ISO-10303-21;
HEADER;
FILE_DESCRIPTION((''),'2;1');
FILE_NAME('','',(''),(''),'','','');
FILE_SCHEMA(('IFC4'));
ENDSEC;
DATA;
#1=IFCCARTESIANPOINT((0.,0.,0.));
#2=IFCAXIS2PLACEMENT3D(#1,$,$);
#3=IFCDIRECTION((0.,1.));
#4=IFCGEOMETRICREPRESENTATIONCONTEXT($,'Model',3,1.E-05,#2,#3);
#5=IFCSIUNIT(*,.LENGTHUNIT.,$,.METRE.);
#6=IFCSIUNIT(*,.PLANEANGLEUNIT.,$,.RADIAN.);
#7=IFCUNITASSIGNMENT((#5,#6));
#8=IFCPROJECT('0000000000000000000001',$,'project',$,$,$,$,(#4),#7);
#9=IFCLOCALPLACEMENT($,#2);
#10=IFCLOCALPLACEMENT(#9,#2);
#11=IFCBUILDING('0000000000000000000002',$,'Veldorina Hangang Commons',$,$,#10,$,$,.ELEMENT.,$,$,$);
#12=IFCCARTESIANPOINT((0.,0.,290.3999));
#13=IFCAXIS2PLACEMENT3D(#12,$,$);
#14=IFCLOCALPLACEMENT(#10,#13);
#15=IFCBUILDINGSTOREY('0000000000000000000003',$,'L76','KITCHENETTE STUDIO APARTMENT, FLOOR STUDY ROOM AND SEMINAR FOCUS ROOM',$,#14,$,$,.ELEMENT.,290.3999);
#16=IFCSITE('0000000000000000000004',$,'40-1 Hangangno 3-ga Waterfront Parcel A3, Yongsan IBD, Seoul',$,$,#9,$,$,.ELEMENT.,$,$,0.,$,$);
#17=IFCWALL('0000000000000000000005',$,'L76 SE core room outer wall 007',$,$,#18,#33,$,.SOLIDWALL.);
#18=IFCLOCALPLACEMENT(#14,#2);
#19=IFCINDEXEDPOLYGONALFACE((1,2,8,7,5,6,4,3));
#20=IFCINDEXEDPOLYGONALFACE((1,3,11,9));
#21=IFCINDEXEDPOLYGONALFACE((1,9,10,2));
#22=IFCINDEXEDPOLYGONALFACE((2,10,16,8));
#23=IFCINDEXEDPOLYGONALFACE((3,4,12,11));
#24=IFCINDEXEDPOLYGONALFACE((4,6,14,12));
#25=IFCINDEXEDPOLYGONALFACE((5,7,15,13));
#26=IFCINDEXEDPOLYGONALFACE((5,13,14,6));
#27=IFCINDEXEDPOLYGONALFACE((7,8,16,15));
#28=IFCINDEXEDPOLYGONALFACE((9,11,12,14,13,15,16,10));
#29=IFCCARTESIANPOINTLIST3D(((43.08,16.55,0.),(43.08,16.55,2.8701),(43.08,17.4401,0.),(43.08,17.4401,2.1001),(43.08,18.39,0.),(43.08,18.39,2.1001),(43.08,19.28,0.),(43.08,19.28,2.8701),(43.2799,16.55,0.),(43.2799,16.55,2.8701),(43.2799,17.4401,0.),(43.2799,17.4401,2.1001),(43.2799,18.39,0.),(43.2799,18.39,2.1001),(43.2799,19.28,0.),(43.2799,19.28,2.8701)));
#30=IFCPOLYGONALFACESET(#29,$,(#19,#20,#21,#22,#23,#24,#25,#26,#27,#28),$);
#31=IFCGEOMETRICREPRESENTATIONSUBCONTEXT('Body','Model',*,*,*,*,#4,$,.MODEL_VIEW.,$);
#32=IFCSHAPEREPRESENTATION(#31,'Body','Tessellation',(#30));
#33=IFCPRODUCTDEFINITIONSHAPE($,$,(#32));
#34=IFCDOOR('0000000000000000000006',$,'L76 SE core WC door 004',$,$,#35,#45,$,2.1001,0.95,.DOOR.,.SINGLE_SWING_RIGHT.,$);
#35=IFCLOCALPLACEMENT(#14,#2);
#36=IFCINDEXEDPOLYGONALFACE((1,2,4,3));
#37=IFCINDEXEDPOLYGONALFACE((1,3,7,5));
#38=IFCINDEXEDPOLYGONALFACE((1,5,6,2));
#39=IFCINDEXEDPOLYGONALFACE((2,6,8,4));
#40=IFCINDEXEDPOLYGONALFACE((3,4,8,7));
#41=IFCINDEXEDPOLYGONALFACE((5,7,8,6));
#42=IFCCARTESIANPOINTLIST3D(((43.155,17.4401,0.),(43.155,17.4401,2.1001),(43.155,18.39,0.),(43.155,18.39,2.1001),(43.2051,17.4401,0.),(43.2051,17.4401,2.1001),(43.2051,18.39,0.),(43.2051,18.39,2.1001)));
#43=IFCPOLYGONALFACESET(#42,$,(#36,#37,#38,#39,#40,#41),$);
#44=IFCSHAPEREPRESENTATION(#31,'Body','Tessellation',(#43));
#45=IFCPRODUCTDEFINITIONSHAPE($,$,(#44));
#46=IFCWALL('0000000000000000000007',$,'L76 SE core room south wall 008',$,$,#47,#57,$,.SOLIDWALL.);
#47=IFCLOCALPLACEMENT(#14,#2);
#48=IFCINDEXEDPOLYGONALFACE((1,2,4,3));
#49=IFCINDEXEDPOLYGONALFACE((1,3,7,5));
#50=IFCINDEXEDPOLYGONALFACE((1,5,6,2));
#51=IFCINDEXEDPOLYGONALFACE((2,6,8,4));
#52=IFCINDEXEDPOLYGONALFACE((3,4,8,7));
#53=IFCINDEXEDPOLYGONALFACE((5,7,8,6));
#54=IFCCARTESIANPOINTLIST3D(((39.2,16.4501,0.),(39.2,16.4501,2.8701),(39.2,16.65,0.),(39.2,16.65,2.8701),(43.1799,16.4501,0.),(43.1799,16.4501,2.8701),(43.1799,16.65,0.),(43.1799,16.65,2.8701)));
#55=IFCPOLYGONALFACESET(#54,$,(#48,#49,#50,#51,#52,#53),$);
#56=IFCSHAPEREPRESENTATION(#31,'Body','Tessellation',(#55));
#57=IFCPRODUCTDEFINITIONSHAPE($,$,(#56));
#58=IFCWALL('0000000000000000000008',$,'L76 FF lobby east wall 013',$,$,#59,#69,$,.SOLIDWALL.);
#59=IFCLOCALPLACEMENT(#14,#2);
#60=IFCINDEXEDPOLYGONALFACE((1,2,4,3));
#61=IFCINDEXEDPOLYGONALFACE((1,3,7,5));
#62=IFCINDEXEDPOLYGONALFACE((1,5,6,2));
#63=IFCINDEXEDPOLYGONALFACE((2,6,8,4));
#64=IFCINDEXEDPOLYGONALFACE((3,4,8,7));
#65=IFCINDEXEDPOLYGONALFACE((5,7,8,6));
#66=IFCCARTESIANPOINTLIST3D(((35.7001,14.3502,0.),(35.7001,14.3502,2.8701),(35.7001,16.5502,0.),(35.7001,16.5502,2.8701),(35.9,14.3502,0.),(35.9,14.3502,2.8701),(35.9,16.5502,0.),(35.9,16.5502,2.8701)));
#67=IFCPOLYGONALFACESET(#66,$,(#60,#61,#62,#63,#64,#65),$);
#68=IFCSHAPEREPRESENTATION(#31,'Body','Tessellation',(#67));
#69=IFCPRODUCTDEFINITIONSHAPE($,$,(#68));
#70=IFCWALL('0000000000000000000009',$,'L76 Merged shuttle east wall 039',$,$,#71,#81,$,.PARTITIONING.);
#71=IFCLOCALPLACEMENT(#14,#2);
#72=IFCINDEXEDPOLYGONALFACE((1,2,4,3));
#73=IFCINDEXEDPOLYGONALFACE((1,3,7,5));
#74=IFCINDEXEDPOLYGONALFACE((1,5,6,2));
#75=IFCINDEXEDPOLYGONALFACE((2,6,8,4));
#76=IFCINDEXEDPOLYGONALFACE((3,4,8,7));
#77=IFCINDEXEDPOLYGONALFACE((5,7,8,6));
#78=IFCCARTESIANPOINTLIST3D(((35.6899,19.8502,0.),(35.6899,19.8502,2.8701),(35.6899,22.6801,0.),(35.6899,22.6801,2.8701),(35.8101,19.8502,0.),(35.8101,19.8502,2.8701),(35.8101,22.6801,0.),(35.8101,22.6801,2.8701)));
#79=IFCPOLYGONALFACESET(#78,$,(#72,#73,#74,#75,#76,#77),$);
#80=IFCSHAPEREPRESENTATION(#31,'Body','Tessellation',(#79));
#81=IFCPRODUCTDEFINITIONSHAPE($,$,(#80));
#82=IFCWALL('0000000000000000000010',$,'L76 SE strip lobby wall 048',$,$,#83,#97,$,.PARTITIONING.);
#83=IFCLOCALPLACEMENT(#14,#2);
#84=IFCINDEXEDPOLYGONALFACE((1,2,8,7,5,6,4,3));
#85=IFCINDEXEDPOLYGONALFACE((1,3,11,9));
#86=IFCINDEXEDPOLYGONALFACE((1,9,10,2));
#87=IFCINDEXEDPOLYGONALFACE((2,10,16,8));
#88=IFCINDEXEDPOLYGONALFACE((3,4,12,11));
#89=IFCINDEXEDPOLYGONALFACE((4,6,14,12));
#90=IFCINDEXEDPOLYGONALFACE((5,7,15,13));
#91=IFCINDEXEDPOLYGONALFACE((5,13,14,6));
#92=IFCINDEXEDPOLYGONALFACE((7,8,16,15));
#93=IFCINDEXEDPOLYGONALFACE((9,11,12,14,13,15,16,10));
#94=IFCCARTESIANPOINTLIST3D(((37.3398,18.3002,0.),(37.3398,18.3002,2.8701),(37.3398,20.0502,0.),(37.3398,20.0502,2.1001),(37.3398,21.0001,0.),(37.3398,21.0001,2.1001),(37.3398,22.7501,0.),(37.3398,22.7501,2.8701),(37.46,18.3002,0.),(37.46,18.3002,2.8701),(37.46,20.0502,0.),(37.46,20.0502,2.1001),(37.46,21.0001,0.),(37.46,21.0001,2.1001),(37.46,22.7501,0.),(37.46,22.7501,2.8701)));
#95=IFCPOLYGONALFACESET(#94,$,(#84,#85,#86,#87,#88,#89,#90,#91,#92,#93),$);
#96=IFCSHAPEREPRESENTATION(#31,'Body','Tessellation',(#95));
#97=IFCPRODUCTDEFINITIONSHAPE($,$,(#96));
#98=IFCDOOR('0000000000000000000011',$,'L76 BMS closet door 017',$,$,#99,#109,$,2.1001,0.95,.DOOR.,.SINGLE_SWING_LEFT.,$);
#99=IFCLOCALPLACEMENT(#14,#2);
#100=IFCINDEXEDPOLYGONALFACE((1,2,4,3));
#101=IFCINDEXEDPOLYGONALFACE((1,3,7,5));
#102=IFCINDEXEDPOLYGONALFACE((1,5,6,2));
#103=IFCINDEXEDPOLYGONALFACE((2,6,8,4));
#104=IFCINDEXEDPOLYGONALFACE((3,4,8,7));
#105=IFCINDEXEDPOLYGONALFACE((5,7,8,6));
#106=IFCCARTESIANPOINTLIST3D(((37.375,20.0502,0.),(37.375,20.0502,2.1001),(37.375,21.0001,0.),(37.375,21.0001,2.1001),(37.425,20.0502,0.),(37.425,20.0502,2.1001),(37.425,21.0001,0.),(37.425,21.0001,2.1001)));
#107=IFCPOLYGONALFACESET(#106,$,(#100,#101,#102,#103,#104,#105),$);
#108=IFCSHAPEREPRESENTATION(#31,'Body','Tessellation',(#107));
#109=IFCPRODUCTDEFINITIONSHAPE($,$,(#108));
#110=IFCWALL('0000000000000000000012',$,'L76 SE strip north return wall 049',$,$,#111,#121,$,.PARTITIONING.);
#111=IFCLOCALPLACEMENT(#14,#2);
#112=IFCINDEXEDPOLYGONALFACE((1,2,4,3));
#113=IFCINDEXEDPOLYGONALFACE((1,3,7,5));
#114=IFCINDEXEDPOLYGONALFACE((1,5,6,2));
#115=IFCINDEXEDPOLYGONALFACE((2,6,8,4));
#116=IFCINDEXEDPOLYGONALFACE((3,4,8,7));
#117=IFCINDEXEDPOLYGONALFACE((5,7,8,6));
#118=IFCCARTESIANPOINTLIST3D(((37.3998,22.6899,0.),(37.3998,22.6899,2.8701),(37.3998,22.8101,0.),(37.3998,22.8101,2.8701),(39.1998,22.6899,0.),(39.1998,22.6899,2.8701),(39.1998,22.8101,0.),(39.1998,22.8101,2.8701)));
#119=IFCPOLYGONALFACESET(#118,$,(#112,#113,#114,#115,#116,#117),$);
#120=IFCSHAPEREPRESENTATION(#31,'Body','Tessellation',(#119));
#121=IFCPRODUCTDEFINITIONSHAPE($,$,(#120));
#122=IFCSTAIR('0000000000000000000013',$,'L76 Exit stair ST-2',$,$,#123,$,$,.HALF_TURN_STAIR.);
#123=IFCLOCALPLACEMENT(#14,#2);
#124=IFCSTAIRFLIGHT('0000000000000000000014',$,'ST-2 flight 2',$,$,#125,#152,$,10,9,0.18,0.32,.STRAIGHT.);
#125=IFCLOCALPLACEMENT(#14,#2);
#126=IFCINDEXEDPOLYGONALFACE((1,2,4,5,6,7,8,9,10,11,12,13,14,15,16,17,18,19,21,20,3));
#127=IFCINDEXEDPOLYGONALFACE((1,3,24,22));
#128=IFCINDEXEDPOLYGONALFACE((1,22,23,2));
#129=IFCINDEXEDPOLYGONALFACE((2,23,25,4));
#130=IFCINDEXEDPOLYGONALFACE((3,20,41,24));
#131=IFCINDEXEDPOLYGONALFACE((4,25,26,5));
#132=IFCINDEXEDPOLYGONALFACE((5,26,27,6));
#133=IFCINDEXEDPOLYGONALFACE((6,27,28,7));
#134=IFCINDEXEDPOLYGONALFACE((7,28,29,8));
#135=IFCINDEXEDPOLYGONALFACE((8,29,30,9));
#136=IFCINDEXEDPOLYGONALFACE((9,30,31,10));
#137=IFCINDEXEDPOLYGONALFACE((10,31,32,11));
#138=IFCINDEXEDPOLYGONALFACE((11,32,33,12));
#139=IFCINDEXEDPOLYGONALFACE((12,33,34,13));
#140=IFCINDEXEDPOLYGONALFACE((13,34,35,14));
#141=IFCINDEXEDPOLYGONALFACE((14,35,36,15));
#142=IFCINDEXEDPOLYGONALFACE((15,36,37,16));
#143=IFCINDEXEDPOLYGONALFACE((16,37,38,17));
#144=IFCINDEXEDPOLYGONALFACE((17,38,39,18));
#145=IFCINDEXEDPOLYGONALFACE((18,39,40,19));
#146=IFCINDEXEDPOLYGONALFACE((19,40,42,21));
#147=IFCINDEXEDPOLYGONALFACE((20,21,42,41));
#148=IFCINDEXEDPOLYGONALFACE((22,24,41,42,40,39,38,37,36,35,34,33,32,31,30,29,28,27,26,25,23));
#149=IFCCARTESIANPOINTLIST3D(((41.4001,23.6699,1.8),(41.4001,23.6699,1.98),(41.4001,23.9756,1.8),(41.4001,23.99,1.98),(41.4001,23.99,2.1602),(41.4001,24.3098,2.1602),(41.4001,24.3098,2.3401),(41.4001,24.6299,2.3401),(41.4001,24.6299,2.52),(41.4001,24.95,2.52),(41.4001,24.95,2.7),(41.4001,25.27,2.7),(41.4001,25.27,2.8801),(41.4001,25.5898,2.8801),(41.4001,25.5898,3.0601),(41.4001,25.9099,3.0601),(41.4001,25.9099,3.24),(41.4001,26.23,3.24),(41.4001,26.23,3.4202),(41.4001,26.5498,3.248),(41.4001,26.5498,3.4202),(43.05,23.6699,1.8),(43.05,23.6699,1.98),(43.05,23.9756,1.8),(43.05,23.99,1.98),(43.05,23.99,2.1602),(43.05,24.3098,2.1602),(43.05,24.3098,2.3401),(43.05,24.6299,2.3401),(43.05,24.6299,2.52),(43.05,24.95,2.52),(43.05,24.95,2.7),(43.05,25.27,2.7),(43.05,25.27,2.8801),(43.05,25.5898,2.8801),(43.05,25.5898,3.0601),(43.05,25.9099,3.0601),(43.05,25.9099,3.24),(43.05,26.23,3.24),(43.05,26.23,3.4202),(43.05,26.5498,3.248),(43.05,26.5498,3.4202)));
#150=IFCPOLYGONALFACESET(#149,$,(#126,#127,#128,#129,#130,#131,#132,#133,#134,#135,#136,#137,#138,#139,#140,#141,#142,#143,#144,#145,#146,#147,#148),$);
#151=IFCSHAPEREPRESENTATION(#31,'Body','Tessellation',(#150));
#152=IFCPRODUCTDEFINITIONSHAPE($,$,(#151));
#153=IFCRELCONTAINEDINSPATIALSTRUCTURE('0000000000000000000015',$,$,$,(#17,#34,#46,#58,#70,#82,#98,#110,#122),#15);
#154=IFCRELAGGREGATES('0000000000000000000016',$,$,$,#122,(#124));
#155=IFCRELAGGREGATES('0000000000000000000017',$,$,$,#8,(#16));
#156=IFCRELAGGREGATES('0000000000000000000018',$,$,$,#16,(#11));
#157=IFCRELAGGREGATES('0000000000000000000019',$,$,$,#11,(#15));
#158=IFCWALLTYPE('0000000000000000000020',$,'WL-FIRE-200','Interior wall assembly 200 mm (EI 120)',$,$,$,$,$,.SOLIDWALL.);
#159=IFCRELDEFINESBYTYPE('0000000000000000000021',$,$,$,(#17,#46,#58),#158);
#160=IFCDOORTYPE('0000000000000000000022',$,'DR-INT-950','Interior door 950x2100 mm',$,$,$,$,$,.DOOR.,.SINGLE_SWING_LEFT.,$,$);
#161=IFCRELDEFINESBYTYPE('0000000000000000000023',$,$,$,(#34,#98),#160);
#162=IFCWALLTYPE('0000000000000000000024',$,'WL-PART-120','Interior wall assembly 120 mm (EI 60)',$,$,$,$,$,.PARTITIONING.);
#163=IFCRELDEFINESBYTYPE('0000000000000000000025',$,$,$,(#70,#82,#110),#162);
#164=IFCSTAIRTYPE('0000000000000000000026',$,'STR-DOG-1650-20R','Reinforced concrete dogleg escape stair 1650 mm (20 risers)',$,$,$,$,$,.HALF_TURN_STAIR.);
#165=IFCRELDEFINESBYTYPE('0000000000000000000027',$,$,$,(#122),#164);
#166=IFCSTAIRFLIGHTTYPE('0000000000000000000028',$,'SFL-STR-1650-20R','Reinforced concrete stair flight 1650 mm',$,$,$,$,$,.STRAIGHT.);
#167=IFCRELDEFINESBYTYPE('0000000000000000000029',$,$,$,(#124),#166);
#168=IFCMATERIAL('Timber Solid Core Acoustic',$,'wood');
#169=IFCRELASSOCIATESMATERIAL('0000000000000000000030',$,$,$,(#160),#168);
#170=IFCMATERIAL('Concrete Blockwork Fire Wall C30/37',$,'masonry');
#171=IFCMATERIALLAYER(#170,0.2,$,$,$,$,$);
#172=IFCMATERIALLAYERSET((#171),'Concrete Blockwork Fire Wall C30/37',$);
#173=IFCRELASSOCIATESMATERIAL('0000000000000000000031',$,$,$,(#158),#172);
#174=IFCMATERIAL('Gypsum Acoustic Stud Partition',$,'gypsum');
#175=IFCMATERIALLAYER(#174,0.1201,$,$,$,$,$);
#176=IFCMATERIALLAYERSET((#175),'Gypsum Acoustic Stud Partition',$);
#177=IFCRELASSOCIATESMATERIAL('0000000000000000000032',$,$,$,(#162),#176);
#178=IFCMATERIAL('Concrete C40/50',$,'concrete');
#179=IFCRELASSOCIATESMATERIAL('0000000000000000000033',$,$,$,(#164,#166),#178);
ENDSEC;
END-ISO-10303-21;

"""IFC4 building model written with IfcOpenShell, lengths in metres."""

from ifc_helpers import new_model, si_unit, direction, frame, frame_2d, origin, place, context, subcontext, project, spatial, polyline, rectangle, outline, extrude, material, layer, layer_set, type_object, element, fill, aggregate, save


model = new_model("IFC4")

# Units and contexts
model_context = context("Model", 3, precision=1e-05, world=origin(), true_north=direction((0.0, 1.0)))
body_context = subcontext(model_context, "Body", "Model", "MODEL_VIEW")
ifc_project = project(units=[si_unit("LENGTHUNIT", "METRE"), si_unit("PLANEANGLEUNIT", "RADIAN")], contexts=[model_context])

# Site, building, storey
site_placement = place(None, origin())
site = spatial("IfcSite", under=ifc_project, at=site_placement, Name="40-1 Hangangno 3-ga Waterfront Parcel A3, Yongsan IBD, Seoul", CompositionType="ELEMENT", RefElevation=0.0)
building_placement = place(site_placement, origin())
building = spatial("IfcBuilding", under=site, at=building_placement, Name="Veldorina Hangang Commons", CompositionType="ELEMENT")
storey_placement = place(building_placement, frame((0.0, 0.0, 290.3999)))
storey = spatial("IfcBuildingStorey", under=building, at=storey_placement, Name="L76", Description="KITCHENETTE STUDIO APARTMENT, FLOOR STUDY ROOM AND SEMINAR FOCUS ROOM", CompositionType="ELEMENT", Elevation=290.3999)

# Wall, opening, door
ifc_material_1 = material(Name="Timber Solid Core Acoustic", Category="wood")
door_type_1 = type_object("IfcDoorType", Name="DR-INT-950", Description="Interior door 950x2100 mm", OperationType="SINGLE_SWING_LEFT", PredefinedType="DOOR", material=ifc_material_1)
ifc_material_2 = material(Name="Concrete Blockwork Fire Wall C30/37", Category="masonry")
ifc_layer_1 = layer(ifc_material_2, 0.2)
ifc_layer_set_1 = layer_set([ifc_layer_1], Name="Concrete Blockwork Fire Wall C30/37")
wall_type_1 = type_object("IfcWallType", Name="WL-FIRE-200", Description="Interior wall assembly 200 mm (EI 120)", PredefinedType="SOLIDWALL", material=ifc_layer_set_1)
wall_1_placement = place(storey_placement, frame((43.1799, 16.55, 0.0), z_axis=(0.0, 0.0, 1.0), x_axis=(0.0, 1.0, 0.0)))
wall_1 = element("IfcWall", 1, at=wall_1_placement, inside=storey, type_object=wall_type_1, Name="L76 SE core room outer wall 007", PredefinedType="SOLIDWALL", context=body_context, shape_type="SweptSolid", body=[
    extrude(rectangle(XDim=2.73, YDim=0.2, at=frame_2d((1.365, 0.0))), origin(), (0.0, 0.0, 1.0), 2.8701),
])
opening_1_placement = place(wall_1_placement, frame((0.8899, 0.0, 0.0)))
opening_1 = element("IfcOpeningElement", 2, at=opening_1_placement, cuts=wall_1, PredefinedType="OPENING", context=body_context, shape_type="SweptSolid", body=[
    extrude(rectangle(XDim=0.95, YDim=2.1001, at=frame_2d((0.4751, 1.05))), frame((0.0, 0.1099, 0.0), z_axis=(0.0, -1.0, 0.0), x_axis=(1.0, 0.0, 0.0)), (0.0, 0.0, 1.0), 0.22),
])
door_1_placement = place(opening_1_placement, origin())
door_1 = element("IfcDoor", 3, at=door_1_placement, inside=storey, type_object=door_type_1, Name="L76 SE core WC door 004", OperationType="SINGLE_SWING_RIGHT", OverallHeight=2.1001, OverallWidth=0.95, PredefinedType="DOOR", context=body_context, shape_type="SweptSolid", body=[
    extrude(rectangle(XDim=0.95, YDim=2.1001, at=frame_2d((0.4751, 1.05))), frame((0.0, 0.0249, 0.0), z_axis=(0.0, -1.0, 0.0), x_axis=(1.0, 0.0, 0.0)), (0.0, 0.0, 1.0), 0.05),
])
fill(opening_1, door_1)

# Walls
wall_2_placement = place(storey_placement, frame((39.2, 16.55, 0.0), z_axis=(0.0, 0.0, 1.0), x_axis=(1.0, 0.0, 0.0)))
element("IfcWall", 4, at=wall_2_placement, inside=storey, type_object=wall_type_1, Name="L76 SE core room south wall 008", PredefinedType="SOLIDWALL", context=body_context, shape_type="SweptSolid", body=[
    extrude(rectangle(XDim=3.98, YDim=0.2, at=frame_2d((1.99, 0.0))), origin(), (0.0, 0.0, 1.0), 2.8701),
])
wall_3_placement = place(storey_placement, frame((35.8, 14.3501, 0.0), z_axis=(0.0, 0.0, 1.0), x_axis=(0.0, 1.0, 0.0)))
element("IfcWall", 5, at=wall_3_placement, inside=storey, type_object=wall_type_1, Name="L76 FF lobby east wall 013", PredefinedType="SOLIDWALL", context=body_context, shape_type="SweptSolid", body=[
    extrude(rectangle(XDim=2.2, YDim=0.2, at=frame_2d((1.1001, 0.0))), origin(), (0.0, 0.0, 1.0), 2.8701),
])
ifc_material_3 = material(Name="Gypsum Acoustic Stud Partition", Category="gypsum")
ifc_layer_2 = layer(ifc_material_3, 0.1201)
ifc_layer_set_2 = layer_set([ifc_layer_2], Name="Gypsum Acoustic Stud Partition")
wall_type_2 = type_object("IfcWallType", Name="WL-PART-120", Description="Interior wall assembly 120 mm (EI 60)", PredefinedType="PARTITIONING", material=ifc_layer_set_2)
wall_4_placement = place(storey_placement, frame((35.75, 19.8501, 0.0), z_axis=(0.0, 0.0, 1.0), x_axis=(0.0, 1.0, 0.0)))
element("IfcWall", 6, at=wall_4_placement, inside=storey, type_object=wall_type_2, Name="L76 Merged shuttle east wall 039", PredefinedType="PARTITIONING", context=body_context, shape_type="SweptSolid", body=[
    extrude(rectangle(XDim=2.8298, YDim=0.1201, at=frame_2d((1.415, 0.0))), origin(), (0.0, 0.0, 1.0), 2.8701),
])

# Wall, opening, door
wall_5_placement = place(storey_placement, frame((37.3999, 18.3, 0.0), z_axis=(0.0, 0.0, 1.0), x_axis=(0.0, 1.0, 0.0)))
wall_5 = element("IfcWall", 7, at=wall_5_placement, inside=storey, type_object=wall_type_2, Name="L76 SE strip lobby wall 048", PredefinedType="PARTITIONING", context=body_context, shape_type="SweptSolid", body=[
    extrude(rectangle(XDim=4.45, YDim=0.1201, at=frame_2d((2.2251, 0.0))), origin(), (0.0, 0.0, 1.0), 2.8701),
])
opening_2_placement = place(wall_5_placement, frame((1.75, 0.0, 0.0)))
opening_2 = element("IfcOpeningElement", 8, at=opening_2_placement, cuts=wall_5, PredefinedType="OPENING", context=body_context, shape_type="SweptSolid", body=[
    extrude(rectangle(XDim=0.95, YDim=2.1001, at=frame_2d((0.4751, 1.05))), frame((0.0, 0.0701, 0.0), z_axis=(0.0, -1.0, 0.0), x_axis=(1.0, 0.0, 0.0)), (0.0, 0.0, 1.0), 0.1401),
])
door_2_placement = place(opening_2_placement, origin())
door_2 = element("IfcDoor", 9, at=door_2_placement, inside=storey, type_object=door_type_1, Name="L76 BMS closet door 017", OperationType="SINGLE_SWING_LEFT", OverallHeight=2.1001, OverallWidth=0.95, PredefinedType="DOOR", context=body_context, shape_type="SweptSolid", body=[
    extrude(rectangle(XDim=0.95, YDim=2.1001, at=frame_2d((0.4751, 1.05))), frame((0.0, 0.0249, 0.0), z_axis=(0.0, -1.0, 0.0), x_axis=(1.0, 0.0, 0.0)), (0.0, 0.0, 1.0), 0.05),
])
fill(opening_2, door_2)

# Wall
wall_6_placement = place(storey_placement, frame((37.3999, 22.75, 0.0), z_axis=(0.0, 0.0, 1.0), x_axis=(1.0, 0.0, 0.0)))
element("IfcWall", 10, at=wall_6_placement, inside=storey, type_object=wall_type_2, Name="L76 SE strip north return wall 049", PredefinedType="PARTITIONING", context=body_context, shape_type="SweptSolid", body=[
    extrude(rectangle(XDim=1.8, YDim=0.1201, at=frame_2d((0.8999, 0.0))), origin(), (0.0, 0.0, 1.0), 2.8701),
])

# Stair, stair flight
ifc_material_4 = material(Name="Concrete C40/50", Category="concrete")
stair_type = type_object("IfcStairType", Name="STR-DOG-1650-20R", Description="Reinforced concrete dogleg escape stair 1650 mm (20 risers)", PredefinedType="HALF_TURN_STAIR", material=ifc_material_4)
stair_placement = place(storey_placement, origin())
stair = element("IfcStair", 11, at=stair_placement, inside=storey, type_object=stair_type, Name="L76 Exit stair ST-2", PredefinedType="HALF_TURN_STAIR")
stair_flight_type = type_object("IfcStairFlightType", Name="SFL-STR-1650-20R", Description="Reinforced concrete stair flight 1650 mm", PredefinedType="STRAIGHT", material=ifc_material_4)
stair_flight_placement = place(storey_placement, frame((42.2251, 23.6699, 1.8), z_axis=(0.0, 0.0, 1.0), x_axis=(0.0, 1.0, 0.0)))
stair_flight = element("IfcStairFlight", 12, at=stair_flight_placement, type_object=stair_flight_type, Name="ST-2 flight 2", NumberOfRisers=10, NumberOfTreads=9, PredefinedType="STRAIGHT", RiserHeight=0.18, TreadLength=0.32, context=body_context, shape_type="SweptSolid", body=[
    extrude(outline(polyline([(0.0, 0.0), (0.0, 0.1799), (0.3201, 0.1799), (0.3201, 0.3601), (0.6399, 0.3601), (0.6399, 0.54), (0.96, 0.54), (0.96, 0.72), (1.28, 0.72), (1.28, 0.8999), (1.6001, 0.8999), (1.6001, 1.0801), (1.9199, 1.0801), (1.9199, 1.26), (2.24, 1.26), (2.24, 1.4399), (2.5601, 1.4399), (2.5601, 1.6201), (2.8799, 1.6201), (2.8799, 1.8), (2.8799, 1.448), (0.3057, 0.0), (0.0, 0.0)])), frame((0.0, 0.825, 0.0), z_axis=(0.0, -1.0, 0.0), x_axis=(1.0, 0.0, 0.0)), (0.0, 0.0, 1.0), 1.6499),
])
aggregate(stair, [stair_flight])

save(model, "model.ifc")
